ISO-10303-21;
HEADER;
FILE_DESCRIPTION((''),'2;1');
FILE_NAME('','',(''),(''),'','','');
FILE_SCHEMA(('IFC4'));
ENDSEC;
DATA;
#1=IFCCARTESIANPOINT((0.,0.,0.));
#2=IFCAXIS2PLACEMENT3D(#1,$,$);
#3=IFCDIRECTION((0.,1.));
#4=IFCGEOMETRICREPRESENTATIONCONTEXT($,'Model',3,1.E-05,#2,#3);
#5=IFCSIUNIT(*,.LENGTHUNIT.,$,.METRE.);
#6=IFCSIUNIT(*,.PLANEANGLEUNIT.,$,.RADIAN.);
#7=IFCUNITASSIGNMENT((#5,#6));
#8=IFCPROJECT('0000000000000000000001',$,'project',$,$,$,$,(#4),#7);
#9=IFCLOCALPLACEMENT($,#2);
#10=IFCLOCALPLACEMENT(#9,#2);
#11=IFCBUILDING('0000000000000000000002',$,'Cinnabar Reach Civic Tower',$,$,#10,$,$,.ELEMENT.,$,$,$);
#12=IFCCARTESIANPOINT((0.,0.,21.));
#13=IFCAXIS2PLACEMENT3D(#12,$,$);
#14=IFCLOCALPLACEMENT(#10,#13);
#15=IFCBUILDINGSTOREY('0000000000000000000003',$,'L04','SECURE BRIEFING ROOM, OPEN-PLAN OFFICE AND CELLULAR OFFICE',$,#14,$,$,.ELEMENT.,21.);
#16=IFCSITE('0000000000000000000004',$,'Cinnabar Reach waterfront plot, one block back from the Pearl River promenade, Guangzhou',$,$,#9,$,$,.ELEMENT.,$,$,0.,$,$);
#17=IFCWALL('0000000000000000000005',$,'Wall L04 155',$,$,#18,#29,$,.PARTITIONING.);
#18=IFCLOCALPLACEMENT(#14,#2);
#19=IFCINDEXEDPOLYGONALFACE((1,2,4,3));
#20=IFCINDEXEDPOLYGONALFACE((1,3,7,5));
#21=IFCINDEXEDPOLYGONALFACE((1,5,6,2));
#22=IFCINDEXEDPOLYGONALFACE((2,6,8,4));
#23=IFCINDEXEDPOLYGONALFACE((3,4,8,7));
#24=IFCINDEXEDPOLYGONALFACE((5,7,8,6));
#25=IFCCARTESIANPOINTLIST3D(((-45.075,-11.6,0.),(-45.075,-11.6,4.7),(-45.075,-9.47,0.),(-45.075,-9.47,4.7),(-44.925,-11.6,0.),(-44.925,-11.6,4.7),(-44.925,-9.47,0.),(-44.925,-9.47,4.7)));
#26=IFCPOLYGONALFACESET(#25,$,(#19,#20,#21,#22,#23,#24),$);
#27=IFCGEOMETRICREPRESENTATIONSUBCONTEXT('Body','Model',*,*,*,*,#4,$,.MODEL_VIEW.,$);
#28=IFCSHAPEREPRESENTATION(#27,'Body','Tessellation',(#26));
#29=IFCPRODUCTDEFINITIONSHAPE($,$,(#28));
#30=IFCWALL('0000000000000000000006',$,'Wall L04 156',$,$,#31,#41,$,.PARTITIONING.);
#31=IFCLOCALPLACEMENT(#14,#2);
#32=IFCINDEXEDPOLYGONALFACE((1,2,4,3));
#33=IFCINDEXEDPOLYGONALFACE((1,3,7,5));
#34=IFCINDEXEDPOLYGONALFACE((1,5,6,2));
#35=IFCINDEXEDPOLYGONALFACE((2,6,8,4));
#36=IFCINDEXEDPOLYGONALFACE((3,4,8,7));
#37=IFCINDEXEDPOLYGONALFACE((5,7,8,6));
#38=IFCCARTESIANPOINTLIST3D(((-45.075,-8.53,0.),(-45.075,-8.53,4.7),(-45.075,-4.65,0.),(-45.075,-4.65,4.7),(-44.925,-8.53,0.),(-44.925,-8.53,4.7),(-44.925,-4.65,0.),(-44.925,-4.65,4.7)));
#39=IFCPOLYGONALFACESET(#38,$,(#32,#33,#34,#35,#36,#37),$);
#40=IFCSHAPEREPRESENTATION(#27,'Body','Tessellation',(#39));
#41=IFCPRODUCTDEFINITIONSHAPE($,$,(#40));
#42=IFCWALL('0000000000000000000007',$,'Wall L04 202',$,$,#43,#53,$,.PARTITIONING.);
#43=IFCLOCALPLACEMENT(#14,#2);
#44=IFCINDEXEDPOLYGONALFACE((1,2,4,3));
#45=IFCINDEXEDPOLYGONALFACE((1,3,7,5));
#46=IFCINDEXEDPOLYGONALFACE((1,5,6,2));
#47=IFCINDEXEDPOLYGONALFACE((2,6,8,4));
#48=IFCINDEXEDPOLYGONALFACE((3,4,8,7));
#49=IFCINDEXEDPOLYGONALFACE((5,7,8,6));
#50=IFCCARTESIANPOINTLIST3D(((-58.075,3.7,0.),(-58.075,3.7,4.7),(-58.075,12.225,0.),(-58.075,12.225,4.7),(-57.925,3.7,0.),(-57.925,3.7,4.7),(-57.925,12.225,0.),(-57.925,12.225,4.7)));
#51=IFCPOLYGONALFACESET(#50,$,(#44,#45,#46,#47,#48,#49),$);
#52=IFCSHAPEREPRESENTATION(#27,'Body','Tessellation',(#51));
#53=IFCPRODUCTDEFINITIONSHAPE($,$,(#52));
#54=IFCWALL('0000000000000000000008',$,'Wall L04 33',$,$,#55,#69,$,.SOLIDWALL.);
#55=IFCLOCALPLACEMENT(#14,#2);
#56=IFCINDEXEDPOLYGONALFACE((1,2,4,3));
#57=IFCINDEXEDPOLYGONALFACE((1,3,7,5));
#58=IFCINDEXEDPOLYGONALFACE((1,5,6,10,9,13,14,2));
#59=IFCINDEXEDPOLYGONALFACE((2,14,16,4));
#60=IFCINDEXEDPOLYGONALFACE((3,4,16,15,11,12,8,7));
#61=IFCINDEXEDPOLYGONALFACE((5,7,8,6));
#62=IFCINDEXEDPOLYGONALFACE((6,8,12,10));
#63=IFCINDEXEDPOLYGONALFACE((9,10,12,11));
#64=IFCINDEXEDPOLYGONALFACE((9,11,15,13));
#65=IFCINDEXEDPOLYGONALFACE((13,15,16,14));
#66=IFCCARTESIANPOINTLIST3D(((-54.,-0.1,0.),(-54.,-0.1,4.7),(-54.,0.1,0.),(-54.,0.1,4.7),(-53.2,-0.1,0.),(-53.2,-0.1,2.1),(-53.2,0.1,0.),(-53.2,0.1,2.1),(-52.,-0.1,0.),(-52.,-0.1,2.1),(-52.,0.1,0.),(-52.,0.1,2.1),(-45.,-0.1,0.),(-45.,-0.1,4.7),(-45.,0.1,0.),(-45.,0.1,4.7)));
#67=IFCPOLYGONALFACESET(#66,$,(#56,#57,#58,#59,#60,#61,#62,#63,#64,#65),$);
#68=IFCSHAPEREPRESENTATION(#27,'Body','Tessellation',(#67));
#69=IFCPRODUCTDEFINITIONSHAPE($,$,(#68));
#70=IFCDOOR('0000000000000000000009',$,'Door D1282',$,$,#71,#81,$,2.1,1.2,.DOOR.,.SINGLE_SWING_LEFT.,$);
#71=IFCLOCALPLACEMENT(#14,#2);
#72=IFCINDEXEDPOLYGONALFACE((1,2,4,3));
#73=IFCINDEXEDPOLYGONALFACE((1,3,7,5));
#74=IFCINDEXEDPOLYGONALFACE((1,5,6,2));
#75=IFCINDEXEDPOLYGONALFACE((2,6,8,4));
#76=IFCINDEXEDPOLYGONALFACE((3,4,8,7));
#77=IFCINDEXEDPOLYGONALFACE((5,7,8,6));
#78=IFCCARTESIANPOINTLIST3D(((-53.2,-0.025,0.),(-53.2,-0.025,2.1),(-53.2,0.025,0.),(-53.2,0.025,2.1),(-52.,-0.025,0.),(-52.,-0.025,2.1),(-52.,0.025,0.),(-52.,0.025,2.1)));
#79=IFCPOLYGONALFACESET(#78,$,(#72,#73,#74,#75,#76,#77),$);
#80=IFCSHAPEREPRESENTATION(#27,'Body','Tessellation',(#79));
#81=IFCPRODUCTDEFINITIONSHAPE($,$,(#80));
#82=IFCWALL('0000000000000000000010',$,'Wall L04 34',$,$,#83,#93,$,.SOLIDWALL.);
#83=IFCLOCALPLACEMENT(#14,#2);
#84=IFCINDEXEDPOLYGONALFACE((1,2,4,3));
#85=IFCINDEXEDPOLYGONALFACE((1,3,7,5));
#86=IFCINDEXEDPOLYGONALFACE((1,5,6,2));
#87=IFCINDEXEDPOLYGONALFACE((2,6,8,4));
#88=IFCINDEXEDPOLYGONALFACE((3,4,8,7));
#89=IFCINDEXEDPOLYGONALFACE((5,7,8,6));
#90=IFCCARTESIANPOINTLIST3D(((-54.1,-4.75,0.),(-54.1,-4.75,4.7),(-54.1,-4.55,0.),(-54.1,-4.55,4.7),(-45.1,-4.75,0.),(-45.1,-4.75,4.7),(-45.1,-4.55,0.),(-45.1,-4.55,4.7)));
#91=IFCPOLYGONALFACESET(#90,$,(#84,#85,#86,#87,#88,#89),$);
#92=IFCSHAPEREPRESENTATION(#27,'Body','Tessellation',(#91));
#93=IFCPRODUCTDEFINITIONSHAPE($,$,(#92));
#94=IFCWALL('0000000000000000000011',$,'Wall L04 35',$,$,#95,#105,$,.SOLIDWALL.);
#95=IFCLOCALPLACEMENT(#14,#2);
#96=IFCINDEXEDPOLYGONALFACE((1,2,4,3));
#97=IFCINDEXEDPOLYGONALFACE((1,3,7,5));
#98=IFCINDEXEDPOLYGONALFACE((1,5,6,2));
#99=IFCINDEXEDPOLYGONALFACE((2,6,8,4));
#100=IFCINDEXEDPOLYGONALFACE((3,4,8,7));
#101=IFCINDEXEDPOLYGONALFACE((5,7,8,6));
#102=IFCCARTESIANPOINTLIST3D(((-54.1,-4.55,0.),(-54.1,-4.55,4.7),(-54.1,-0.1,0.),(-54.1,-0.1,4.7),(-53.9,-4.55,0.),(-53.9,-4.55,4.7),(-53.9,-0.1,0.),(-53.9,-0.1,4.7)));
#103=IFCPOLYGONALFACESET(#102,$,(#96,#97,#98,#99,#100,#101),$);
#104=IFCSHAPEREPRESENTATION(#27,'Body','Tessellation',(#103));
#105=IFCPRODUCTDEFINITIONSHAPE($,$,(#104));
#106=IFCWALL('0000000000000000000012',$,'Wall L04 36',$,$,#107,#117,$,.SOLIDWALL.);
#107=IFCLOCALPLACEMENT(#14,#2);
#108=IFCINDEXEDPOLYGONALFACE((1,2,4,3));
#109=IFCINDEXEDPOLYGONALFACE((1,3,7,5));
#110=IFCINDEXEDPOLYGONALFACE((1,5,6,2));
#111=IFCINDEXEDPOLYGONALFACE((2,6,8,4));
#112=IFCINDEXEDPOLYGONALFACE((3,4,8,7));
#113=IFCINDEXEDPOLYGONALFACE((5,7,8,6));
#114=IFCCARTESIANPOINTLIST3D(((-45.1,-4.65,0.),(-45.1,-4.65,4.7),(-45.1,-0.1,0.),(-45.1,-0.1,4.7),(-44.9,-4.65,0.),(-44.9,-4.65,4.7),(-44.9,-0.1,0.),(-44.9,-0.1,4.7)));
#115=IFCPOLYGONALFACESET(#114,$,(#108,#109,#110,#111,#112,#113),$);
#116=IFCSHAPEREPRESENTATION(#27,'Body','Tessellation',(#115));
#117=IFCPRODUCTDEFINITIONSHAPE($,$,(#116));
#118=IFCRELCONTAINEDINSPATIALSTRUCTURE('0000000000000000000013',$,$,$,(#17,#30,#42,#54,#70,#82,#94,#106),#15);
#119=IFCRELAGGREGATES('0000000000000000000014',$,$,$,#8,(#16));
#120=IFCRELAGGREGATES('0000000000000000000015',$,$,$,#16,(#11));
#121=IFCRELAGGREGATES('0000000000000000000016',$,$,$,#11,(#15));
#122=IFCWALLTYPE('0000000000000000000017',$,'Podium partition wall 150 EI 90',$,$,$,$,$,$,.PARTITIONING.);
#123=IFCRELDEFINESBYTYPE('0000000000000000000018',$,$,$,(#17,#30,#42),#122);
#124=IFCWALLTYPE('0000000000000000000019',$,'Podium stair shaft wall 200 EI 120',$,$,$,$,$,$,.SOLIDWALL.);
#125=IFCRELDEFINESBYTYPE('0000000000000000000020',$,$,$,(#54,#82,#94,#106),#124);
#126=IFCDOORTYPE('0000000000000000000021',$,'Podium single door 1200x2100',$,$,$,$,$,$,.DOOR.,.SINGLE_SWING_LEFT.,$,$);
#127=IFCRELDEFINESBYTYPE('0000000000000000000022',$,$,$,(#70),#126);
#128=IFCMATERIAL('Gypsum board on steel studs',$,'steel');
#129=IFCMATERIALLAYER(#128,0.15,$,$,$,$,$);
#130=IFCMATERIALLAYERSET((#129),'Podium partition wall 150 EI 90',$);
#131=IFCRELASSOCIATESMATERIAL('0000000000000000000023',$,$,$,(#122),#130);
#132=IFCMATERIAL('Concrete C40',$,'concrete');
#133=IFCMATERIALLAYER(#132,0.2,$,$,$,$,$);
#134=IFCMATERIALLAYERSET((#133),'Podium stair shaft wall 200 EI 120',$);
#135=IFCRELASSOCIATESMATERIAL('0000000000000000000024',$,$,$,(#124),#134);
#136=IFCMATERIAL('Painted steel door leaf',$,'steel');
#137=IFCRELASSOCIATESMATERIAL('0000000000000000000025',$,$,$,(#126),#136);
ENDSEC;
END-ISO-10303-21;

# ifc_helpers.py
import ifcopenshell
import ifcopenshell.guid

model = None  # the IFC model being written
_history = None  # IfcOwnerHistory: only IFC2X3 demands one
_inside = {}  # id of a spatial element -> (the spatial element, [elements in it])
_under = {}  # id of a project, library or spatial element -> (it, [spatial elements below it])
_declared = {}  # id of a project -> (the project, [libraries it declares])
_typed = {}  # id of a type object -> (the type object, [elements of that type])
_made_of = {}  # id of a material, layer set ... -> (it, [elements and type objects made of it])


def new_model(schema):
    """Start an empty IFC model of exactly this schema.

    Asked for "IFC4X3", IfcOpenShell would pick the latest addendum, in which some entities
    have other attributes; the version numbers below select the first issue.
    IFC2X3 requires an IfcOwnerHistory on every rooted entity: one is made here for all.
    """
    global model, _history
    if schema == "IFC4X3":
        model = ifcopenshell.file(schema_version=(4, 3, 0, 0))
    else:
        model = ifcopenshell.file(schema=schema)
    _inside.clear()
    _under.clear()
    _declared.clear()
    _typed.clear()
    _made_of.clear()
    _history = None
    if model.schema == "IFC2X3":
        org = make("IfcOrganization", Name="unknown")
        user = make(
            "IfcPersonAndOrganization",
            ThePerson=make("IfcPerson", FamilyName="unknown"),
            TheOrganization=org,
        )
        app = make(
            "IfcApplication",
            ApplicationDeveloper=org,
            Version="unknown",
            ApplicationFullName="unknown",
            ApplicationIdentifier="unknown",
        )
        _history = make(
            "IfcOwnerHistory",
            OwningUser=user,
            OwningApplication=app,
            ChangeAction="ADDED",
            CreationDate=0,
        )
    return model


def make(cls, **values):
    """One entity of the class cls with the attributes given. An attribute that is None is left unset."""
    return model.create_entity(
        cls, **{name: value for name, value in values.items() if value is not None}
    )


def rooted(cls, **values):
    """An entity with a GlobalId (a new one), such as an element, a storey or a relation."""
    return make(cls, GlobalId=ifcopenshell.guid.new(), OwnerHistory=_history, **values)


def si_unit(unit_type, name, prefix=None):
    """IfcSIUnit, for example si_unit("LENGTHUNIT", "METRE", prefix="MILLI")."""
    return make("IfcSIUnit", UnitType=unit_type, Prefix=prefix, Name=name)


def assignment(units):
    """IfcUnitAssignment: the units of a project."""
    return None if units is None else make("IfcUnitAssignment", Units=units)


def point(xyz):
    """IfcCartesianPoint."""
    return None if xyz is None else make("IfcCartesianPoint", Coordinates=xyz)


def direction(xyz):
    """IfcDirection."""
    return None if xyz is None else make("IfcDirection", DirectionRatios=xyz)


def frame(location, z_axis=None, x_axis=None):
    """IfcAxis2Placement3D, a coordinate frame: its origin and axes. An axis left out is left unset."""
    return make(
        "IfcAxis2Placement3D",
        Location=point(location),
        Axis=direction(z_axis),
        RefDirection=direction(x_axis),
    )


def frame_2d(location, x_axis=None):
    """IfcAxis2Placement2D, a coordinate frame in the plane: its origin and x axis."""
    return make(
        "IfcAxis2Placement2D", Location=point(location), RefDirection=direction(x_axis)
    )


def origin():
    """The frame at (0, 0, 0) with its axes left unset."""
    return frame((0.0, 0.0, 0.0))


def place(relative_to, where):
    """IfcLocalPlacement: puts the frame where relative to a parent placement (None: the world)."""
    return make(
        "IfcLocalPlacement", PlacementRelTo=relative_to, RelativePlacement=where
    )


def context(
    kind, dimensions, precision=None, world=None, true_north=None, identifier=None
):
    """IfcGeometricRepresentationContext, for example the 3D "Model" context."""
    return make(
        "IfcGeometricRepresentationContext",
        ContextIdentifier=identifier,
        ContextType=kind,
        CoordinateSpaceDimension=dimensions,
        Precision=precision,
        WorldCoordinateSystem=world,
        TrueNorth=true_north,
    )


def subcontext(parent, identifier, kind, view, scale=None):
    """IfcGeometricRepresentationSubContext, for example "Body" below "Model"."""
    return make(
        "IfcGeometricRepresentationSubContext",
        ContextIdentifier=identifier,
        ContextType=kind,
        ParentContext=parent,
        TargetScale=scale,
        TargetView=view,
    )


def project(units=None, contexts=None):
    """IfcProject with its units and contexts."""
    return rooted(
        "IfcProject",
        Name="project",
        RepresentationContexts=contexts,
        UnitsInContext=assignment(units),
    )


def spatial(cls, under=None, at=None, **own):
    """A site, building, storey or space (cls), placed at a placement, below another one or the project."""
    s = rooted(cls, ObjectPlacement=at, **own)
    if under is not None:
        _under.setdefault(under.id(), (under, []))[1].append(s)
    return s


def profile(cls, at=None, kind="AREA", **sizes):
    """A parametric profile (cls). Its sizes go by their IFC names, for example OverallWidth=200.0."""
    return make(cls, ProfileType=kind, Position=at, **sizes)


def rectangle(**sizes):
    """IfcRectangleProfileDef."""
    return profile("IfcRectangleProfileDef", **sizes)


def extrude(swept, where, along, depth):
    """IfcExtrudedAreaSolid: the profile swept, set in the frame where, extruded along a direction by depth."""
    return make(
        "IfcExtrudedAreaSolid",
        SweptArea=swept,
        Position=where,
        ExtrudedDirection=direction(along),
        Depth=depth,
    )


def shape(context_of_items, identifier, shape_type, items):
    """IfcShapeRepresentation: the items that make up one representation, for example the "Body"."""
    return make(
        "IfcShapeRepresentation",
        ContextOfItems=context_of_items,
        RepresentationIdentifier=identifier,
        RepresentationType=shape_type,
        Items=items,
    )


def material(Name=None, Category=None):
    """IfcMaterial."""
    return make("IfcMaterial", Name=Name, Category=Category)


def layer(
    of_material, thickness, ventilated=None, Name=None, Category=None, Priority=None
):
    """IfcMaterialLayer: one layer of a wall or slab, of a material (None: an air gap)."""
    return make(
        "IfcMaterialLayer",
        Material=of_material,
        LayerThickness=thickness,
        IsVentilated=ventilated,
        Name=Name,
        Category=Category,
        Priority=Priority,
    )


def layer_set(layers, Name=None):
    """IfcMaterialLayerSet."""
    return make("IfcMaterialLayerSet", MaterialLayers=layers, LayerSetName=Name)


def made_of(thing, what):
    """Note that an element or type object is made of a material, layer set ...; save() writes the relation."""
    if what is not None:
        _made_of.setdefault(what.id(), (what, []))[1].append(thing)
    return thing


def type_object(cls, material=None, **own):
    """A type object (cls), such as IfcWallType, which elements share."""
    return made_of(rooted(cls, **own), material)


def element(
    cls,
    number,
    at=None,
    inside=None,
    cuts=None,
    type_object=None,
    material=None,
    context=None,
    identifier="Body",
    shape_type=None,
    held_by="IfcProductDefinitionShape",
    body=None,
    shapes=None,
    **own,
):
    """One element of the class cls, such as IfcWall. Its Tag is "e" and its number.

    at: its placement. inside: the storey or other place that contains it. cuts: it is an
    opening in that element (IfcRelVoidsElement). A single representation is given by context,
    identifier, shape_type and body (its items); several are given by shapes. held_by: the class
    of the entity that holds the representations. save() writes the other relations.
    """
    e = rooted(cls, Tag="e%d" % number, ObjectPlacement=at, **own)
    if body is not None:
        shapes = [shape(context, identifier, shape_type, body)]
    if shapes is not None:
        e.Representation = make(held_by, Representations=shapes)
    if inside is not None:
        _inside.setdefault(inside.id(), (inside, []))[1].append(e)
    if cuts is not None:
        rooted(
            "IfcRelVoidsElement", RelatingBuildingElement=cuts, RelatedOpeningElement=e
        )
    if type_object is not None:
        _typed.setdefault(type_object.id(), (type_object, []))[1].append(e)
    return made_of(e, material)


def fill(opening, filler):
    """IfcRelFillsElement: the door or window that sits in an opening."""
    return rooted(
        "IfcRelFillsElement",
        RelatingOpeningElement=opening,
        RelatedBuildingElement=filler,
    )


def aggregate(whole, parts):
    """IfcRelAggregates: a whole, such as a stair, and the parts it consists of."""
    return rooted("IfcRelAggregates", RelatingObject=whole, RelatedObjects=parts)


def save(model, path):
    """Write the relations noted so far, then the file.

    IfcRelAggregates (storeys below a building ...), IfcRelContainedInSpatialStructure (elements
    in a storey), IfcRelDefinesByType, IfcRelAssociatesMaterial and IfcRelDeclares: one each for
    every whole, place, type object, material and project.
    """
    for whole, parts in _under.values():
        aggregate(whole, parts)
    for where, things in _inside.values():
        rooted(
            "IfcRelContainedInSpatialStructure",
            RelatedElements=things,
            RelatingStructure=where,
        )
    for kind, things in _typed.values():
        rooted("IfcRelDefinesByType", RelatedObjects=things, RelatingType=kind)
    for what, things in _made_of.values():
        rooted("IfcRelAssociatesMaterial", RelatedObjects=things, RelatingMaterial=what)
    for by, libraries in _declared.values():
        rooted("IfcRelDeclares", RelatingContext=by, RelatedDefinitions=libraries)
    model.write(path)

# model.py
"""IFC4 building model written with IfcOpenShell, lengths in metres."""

from ifc_helpers import new_model, si_unit, direction, frame, frame_2d, origin, place, context, subcontext, project, spatial, rectangle, extrude, material, layer, layer_set, type_object, element, fill, save


model = new_model("IFC4")

# Units and contexts
model_context = context("Model", 3, precision=1e-05, world=origin(), true_north=direction((0.0, 1.0)))
body_context = subcontext(model_context, "Body", "Model", "MODEL_VIEW")
ifc_project = project(units=[si_unit("LENGTHUNIT", "METRE"), si_unit("PLANEANGLEUNIT", "RADIAN")], contexts=[model_context])

# Site, building, storey
site_placement = place(None, origin())
site = spatial("IfcSite", under=ifc_project, at=site_placement, Name="Cinnabar Reach waterfront plot, one block back from the Pearl River promenade, Guangzhou", CompositionType="ELEMENT", RefElevation=0.0)
building_placement = place(site_placement, origin())
building = spatial("IfcBuilding", under=site, at=building_placement, Name="Cinnabar Reach Civic Tower", CompositionType="ELEMENT")
storey_placement = place(building_placement, frame((0.0, 0.0, 21.0)))
storey = spatial("IfcBuildingStorey", under=building, at=storey_placement, Name="L04", Description="SECURE BRIEFING ROOM, OPEN-PLAN OFFICE AND CELLULAR OFFICE", CompositionType="ELEMENT", Elevation=21.0)

# Shared definitions
ifc_material_1 = material(Name="Painted steel door leaf", Category="steel")

# Walls
ifc_material_2 = material(Name="Gypsum board on steel studs", Category="steel")
ifc_layer_1 = layer(ifc_material_2, 0.15)
ifc_layer_set_1 = layer_set([ifc_layer_1], Name="Podium partition wall 150 EI 90")
wall_type_1 = type_object("IfcWallType", Name="Podium partition wall 150 EI 90", PredefinedType="PARTITIONING", material=ifc_layer_set_1)
wall_1_placement = place(storey_placement, frame((-45.0, -11.6, 0.0), z_axis=(0.0, 0.0, 1.0), x_axis=(0.0, 1.0, 0.0)))
element("IfcWall", 1, at=wall_1_placement, inside=storey, type_object=wall_type_1, Name="Wall L04 155", PredefinedType="PARTITIONING", context=body_context, shape_type="SweptSolid", body=[
    extrude(rectangle(XDim=2.13, YDim=0.15, at=frame_2d((1.065, 0.0))), origin(), (0.0, 0.0, 1.0), 4.7),
])
wall_2_placement = place(storey_placement, frame((-45.0, -8.53, 0.0), z_axis=(0.0, 0.0, 1.0), x_axis=(0.0, 1.0, 0.0)))
element("IfcWall", 2, at=wall_2_placement, inside=storey, type_object=wall_type_1, Name="Wall L04 156", PredefinedType="PARTITIONING", context=body_context, shape_type="SweptSolid", body=[
    extrude(rectangle(XDim=3.88, YDim=0.15, at=frame_2d((1.94, 0.0))), origin(), (0.0, 0.0, 1.0), 4.7),
])
wall_3_placement = place(storey_placement, frame((-58.0, 3.7, 0.0), z_axis=(0.0, 0.0, 1.0), x_axis=(0.0, 1.0, 0.0)))
element("IfcWall", 3, at=wall_3_placement, inside=storey, type_object=wall_type_1, Name="Wall L04 202", PredefinedType="PARTITIONING", context=body_context, shape_type="SweptSolid", body=[
    extrude(rectangle(XDim=8.525, YDim=0.15, at=frame_2d((4.2625, 0.0))), origin(), (0.0, 0.0, 1.0), 4.7),
])

# Wall, opening, door
ifc_material_3 = material(Name="Concrete C40", Category="concrete")
ifc_layer_2 = layer(ifc_material_3, 0.2)
ifc_layer_set_2 = layer_set([ifc_layer_2], Name="Podium stair shaft wall 200 EI 120")
wall_type_2 = type_object("IfcWallType", Name="Podium stair shaft wall 200 EI 120", PredefinedType="SOLIDWALL", material=ifc_layer_set_2)
wall_4_placement = place(storey_placement, frame((-54.0, 0.0, 0.0), z_axis=(0.0, 0.0, 1.0), x_axis=(1.0, 0.0, 0.0)))
wall_4 = element("IfcWall", 4, at=wall_4_placement, inside=storey, type_object=wall_type_2, Name="Wall L04 33", PredefinedType="SOLIDWALL", context=body_context, shape_type="SweptSolid", body=[
    extrude(rectangle(XDim=9.0, YDim=0.2, at=frame_2d((4.5, 0.0))), origin(), (0.0, 0.0, 1.0), 4.7),
])
opening_1_placement = place(wall_4_placement, frame((0.8, 0.0, 0.0)))
opening_1 = element("IfcOpeningElement", 5, at=opening_1_placement, cuts=wall_4, PredefinedType="OPENING", context=body_context, shape_type="SweptSolid", body=[
    extrude(rectangle(XDim=1.2, YDim=2.1, at=frame_2d((0.6, 1.05))), frame((0.0, 0.11, 0.0), z_axis=(0.0, -1.0, 0.0), x_axis=(1.0, 0.0, 0.0)), (0.0, 0.0, 1.0), 0.22),
])
door_type_1 = type_object("IfcDoorType", Name="Podium single door 1200x2100", OperationType="SINGLE_SWING_LEFT", PredefinedType="DOOR", material=ifc_material_1)
door_1_placement = place(opening_1_placement, frame((1.2, 0.0, 0.0), z_axis=(0.0, 0.0, 1.0), x_axis=(-1.0, 0.0, 0.0)))
door_1 = element("IfcDoor", 6, at=door_1_placement, inside=storey, type_object=door_type_1, Name="Door D1282", OperationType="SINGLE_SWING_LEFT", OverallHeight=2.1, OverallWidth=1.2, PredefinedType="DOOR", context=body_context, shape_type="SweptSolid", body=[
    extrude(rectangle(XDim=1.2, YDim=2.1, at=frame_2d((0.6, 1.05))), frame((0.0, 0.025, 0.0), z_axis=(0.0, -1.0, 0.0), x_axis=(1.0, 0.0, 0.0)), (0.0, 0.0, 1.0), 0.05),
])
fill(opening_1, door_1)

# Walls
wall_5_placement = place(storey_placement, frame((-54.1, -4.65, 0.0), z_axis=(0.0, 0.0, 1.0), x_axis=(1.0, 0.0, 0.0)))
element("IfcWall", 7, at=wall_5_placement, inside=storey, type_object=wall_type_2, Name="Wall L04 34", PredefinedType="SOLIDWALL", context=body_context, shape_type="SweptSolid", body=[
    extrude(rectangle(XDim=9.0, YDim=0.2, at=frame_2d((4.5, 0.0))), origin(), (0.0, 0.0, 1.0), 4.7),
])
wall_6_placement = place(storey_placement, frame((-54.0, -4.55, 0.0), z_axis=(0.0, 0.0, 1.0), x_axis=(0.0, 1.0, 0.0)))
element("IfcWall", 8, at=wall_6_placement, inside=storey, type_object=wall_type_2, Name="Wall L04 35", PredefinedType="SOLIDWALL", context=body_context, shape_type="SweptSolid", body=[
    extrude(rectangle(XDim=4.45, YDim=0.2, at=frame_2d((2.225, 0.0))), origin(), (0.0, 0.0, 1.0), 4.7),
])
wall_7_placement = place(storey_placement, frame((-45.0, -4.65, 0.0), z_axis=(0.0, 0.0, 1.0), x_axis=(0.0, 1.0, 0.0)))
element("IfcWall", 9, at=wall_7_placement, inside=storey, type_object=wall_type_2, Name="Wall L04 36", PredefinedType="SOLIDWALL", context=body_context, shape_type="SweptSolid", body=[
    extrude(rectangle(XDim=4.55, YDim=0.2, at=frame_2d((2.275, 0.0))), origin(), (0.0, 0.0, 1.0), 4.7),
])

save(model, "model.ifc")
